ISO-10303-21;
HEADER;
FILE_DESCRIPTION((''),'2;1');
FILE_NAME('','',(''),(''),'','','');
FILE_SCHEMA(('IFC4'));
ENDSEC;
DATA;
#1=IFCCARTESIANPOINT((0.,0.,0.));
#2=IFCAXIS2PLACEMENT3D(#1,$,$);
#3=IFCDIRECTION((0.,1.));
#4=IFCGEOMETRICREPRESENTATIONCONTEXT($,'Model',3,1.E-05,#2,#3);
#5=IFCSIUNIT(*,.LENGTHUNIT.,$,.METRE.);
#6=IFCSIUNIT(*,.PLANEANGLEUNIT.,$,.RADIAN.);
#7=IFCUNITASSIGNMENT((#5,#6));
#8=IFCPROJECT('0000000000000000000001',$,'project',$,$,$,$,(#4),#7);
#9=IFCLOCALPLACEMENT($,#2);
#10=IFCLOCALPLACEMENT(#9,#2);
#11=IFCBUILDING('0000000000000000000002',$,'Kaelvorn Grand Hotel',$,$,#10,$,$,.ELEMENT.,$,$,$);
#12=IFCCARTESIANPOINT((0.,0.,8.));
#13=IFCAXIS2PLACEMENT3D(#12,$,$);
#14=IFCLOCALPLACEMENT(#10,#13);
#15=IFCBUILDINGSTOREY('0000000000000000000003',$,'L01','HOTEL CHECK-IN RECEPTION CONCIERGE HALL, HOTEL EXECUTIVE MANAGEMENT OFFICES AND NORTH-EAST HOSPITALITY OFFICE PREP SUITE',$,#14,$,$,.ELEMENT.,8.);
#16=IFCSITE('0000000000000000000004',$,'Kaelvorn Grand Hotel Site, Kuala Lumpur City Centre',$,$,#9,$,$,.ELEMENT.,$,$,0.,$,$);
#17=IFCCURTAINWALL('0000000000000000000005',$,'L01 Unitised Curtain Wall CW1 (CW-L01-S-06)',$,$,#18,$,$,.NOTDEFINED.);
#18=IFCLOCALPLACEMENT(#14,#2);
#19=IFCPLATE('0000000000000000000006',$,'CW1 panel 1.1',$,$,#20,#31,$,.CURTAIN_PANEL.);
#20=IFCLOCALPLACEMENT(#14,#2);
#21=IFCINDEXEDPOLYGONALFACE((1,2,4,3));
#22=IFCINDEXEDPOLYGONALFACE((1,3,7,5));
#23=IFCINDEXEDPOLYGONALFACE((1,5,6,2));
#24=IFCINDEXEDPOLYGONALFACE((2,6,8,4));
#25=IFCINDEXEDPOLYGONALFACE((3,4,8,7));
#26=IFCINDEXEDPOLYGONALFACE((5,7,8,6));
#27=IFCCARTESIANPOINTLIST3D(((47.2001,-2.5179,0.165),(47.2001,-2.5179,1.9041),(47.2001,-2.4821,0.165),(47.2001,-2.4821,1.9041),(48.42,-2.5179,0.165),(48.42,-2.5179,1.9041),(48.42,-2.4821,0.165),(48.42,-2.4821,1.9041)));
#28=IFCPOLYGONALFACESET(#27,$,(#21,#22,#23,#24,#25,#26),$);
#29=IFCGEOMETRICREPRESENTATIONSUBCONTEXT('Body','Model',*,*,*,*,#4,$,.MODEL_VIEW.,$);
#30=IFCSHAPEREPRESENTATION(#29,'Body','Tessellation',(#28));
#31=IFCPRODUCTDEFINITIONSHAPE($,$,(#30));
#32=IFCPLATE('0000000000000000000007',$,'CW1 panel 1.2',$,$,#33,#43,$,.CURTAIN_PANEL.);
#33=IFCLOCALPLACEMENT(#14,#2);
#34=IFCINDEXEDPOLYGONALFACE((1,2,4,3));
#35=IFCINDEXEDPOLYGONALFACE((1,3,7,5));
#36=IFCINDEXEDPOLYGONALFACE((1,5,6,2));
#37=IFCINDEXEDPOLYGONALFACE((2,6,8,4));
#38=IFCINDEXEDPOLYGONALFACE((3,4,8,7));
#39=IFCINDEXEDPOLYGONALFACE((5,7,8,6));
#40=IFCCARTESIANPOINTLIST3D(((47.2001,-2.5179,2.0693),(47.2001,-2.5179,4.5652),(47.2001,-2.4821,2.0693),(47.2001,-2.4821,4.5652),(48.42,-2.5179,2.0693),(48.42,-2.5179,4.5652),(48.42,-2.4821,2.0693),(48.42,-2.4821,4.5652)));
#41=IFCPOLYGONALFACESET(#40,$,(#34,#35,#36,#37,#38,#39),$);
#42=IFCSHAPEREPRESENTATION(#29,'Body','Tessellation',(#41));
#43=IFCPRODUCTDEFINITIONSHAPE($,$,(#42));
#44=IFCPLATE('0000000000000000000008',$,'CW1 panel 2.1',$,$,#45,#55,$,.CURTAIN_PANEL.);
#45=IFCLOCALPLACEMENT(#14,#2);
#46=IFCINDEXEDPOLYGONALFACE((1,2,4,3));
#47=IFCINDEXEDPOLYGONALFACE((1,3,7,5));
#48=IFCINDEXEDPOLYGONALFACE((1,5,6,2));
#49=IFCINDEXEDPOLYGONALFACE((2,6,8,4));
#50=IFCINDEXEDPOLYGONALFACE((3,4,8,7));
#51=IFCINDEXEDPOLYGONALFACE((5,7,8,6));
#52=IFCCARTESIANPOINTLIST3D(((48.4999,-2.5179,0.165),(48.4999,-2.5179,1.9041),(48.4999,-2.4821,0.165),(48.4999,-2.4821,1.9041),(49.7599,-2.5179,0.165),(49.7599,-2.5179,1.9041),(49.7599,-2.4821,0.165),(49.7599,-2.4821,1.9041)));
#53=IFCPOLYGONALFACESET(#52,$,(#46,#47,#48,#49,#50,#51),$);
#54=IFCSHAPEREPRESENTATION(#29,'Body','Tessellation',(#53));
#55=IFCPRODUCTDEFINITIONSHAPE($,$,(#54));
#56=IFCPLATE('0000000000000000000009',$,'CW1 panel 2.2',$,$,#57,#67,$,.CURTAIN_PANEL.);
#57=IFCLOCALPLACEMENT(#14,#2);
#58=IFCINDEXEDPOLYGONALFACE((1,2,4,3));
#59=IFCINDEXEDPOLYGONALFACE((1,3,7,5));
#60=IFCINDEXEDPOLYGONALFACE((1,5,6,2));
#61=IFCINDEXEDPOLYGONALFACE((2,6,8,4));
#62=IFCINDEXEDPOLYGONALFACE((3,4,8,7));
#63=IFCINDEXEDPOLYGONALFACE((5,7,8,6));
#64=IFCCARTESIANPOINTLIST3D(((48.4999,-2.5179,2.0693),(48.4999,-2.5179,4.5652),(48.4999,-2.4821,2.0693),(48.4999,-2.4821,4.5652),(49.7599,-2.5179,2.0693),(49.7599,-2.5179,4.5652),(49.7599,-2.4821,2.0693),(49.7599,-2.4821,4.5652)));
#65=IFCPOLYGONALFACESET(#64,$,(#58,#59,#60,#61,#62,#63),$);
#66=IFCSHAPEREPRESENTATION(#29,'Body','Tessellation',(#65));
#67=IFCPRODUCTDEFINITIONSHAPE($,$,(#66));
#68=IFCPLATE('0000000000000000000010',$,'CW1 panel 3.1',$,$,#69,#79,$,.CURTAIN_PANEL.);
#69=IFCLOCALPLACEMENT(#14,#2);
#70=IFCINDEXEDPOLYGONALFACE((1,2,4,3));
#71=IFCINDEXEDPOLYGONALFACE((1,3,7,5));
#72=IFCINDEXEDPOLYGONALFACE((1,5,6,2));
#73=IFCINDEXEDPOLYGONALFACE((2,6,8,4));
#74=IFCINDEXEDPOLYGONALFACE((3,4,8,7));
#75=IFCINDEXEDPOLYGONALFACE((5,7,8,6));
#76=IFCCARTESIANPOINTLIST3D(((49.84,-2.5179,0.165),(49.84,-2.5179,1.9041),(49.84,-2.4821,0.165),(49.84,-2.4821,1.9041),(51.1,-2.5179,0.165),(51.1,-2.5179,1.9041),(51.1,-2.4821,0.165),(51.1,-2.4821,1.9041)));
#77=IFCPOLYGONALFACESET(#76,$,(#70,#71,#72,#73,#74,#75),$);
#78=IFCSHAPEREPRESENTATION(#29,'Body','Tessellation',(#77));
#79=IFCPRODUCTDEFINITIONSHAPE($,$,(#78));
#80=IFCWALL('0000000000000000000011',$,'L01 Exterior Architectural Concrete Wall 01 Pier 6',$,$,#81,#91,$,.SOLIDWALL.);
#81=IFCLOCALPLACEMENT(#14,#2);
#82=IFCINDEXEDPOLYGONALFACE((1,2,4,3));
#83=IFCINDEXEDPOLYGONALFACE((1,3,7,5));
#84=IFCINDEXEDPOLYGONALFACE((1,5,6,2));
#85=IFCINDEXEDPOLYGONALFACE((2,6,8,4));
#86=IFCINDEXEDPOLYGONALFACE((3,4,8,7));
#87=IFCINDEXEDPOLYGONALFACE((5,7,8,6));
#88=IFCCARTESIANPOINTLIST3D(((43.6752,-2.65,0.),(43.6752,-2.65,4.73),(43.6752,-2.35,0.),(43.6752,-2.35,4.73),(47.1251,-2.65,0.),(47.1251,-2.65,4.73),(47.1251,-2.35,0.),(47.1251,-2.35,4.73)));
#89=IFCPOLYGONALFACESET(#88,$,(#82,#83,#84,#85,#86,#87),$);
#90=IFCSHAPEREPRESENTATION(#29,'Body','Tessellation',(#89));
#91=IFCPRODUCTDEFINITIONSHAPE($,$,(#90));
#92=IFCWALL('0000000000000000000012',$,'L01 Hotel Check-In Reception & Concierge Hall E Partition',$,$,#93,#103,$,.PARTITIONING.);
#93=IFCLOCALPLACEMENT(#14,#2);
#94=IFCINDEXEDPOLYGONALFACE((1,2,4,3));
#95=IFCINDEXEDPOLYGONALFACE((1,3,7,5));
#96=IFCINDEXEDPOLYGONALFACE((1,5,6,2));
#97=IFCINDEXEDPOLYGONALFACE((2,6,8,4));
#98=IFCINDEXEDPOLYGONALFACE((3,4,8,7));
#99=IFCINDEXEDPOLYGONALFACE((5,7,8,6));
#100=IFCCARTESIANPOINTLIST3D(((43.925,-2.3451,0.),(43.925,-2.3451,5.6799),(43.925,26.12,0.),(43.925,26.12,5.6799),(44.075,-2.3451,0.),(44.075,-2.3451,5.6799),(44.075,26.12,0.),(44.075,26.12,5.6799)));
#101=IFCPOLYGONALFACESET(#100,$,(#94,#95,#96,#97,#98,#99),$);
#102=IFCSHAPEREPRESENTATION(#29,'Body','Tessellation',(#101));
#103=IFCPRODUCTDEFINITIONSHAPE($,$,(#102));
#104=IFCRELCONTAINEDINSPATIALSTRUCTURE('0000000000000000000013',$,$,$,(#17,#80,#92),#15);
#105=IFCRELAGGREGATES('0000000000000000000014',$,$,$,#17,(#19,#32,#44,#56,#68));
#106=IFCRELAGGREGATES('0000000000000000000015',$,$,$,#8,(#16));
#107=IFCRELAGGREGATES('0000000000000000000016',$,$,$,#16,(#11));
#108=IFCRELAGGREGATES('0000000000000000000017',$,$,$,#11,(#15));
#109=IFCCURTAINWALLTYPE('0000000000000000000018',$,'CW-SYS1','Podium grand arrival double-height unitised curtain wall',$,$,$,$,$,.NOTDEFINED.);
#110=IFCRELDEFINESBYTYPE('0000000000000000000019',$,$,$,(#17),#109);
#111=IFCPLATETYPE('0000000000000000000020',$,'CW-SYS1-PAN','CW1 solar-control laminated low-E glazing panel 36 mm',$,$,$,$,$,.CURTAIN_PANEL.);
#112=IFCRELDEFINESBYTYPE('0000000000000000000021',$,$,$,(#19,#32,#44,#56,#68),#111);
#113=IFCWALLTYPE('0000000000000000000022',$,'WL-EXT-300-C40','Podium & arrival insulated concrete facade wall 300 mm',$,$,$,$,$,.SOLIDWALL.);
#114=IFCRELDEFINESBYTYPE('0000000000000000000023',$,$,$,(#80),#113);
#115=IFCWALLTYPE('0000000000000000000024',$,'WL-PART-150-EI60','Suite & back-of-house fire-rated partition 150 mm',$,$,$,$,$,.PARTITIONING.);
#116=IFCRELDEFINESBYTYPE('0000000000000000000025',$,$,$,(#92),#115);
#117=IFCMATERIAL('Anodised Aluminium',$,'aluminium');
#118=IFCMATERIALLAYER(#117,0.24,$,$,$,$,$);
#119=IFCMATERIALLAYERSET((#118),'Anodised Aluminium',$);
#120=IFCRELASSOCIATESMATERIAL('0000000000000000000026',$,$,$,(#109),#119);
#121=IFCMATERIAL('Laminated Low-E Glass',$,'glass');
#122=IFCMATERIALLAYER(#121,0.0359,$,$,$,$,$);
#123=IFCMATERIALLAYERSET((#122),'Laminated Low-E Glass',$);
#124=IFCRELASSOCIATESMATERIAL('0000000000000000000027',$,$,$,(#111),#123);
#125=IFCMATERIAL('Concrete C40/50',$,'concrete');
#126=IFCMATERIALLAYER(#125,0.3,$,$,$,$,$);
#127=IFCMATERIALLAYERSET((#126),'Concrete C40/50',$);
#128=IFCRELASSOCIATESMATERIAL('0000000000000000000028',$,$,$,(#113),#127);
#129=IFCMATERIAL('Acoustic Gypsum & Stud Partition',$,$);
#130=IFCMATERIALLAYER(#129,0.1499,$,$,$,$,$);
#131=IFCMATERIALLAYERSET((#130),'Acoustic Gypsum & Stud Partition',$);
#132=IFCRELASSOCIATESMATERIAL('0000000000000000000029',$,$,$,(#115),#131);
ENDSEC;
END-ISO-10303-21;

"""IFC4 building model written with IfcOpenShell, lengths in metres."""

from ifc_helpers import new_model, si_unit, direction, frame, frame_2d, origin, origin_2d, place, context, subcontext, project, spatial, rectangle, extrude, material, layer, layer_set, type_object, element, aggregate, save


model = new_model("IFC4")

# Units and contexts
model_context = context("Model", 3, precision=1e-05, world=origin(), true_north=direction((0.0, 1.0)))
body_context = subcontext(model_context, "Body", "Model", "MODEL_VIEW")
ifc_project = project(units=[si_unit("LENGTHUNIT", "METRE"), si_unit("PLANEANGLEUNIT", "RADIAN")], contexts=[model_context])

# Site, building, storey
site_placement = place(None, origin())
site = spatial("IfcSite", under=ifc_project, at=site_placement, Name="Kaelvorn Grand Hotel Site, Kuala Lumpur City Centre", CompositionType="ELEMENT", RefElevation=0.0)
building_placement = place(site_placement, origin())
building = spatial("IfcBuilding", under=site, at=building_placement, Name="Kaelvorn Grand Hotel", CompositionType="ELEMENT")
storey_placement = place(building_placement, frame((0.0, 0.0, 8.0)))
storey = spatial("IfcBuildingStorey", under=building, at=storey_placement, Name="L01", Description="HOTEL CHECK-IN RECEPTION CONCIERGE HALL, HOTEL EXECUTIVE MANAGEMENT OFFICES AND NORTH-EAST HOSPITALITY OFFICE PREP SUITE", CompositionType="ELEMENT", Elevation=8.0)

# Curtain wall
ifc_material_1 = material(Name="Anodised Aluminium", Category="aluminium")
ifc_layer_1 = layer(ifc_material_1, 0.24)
ifc_layer_set_1 = layer_set([ifc_layer_1], Name="Anodised Aluminium")
curtain_wall_type = type_object("IfcCurtainWallType", Name="CW-SYS1", Description="Podium grand arrival double-height unitised curtain wall", PredefinedType="NOTDEFINED", material=ifc_layer_set_1)
curtain_wall_1_placement = place(storey_placement, origin())
curtain_wall_1 = element("IfcCurtainWall", 1, at=curtain_wall_1_placement, inside=storey, type_object=curtain_wall_type, Name="L01 Unitised Curtain Wall CW1 (CW-L01-S-06)", PredefinedType="NOTDEFINED")

# Plates
ifc_material_2 = material(Name="Laminated Low-E Glass", Category="glass")
ifc_layer_2 = layer(ifc_material_2, 0.0359)
ifc_layer_set_2 = layer_set([ifc_layer_2], Name="Laminated Low-E Glass")
plate_type = type_object("IfcPlateType", Name="CW-SYS1-PAN", Description="CW1 solar-control laminated low-E glazing panel 36 mm", PredefinedType="CURTAIN_PANEL", material=ifc_layer_set_2)
plate_1_placement = place(storey_placement, frame((47.8101, -2.5, 0.165), z_axis=(0.0, 0.0, 1.0), x_axis=(1.0, 0.0, 0.0)))
plate_1 = element("IfcPlate", 2, at=plate_1_placement, type_object=plate_type, Name="CW1 panel 1.1", PredefinedType="CURTAIN_PANEL", context=body_context, shape_type="SweptSolid", body=[
    extrude(rectangle(XDim=1.22, YDim=0.0359, at=origin_2d()), origin(), (0.0, 0.0, 1.0), 1.739),
])
plate_2_placement = place(storey_placement, frame((47.8101, -2.5, 2.0693), z_axis=(0.0, 0.0, 1.0), x_axis=(1.0, 0.0, 0.0)))
plate_2 = element("IfcPlate", 3, at=plate_2_placement, type_object=plate_type, Name="CW1 panel 1.2", PredefinedType="CURTAIN_PANEL", context=body_context, shape_type="SweptSolid", body=[
    extrude(rectangle(XDim=1.22, YDim=0.0359, at=origin_2d()), origin(), (0.0, 0.0, 1.0), 2.4958),
])
plate_3_placement = place(storey_placement, frame((49.1299, -2.5, 0.165), z_axis=(0.0, 0.0, 1.0), x_axis=(1.0, 0.0, 0.0)))
plate_3 = element("IfcPlate", 4, at=plate_3_placement, type_object=plate_type, Name="CW1 panel 2.1", PredefinedType="CURTAIN_PANEL", context=body_context, shape_type="SweptSolid", body=[
    extrude(rectangle(XDim=1.26, YDim=0.0359, at=origin_2d()), origin(), (0.0, 0.0, 1.0), 1.739),
])
plate_4_placement = place(storey_placement, frame((49.1299, -2.5, 2.0693), z_axis=(0.0, 0.0, 1.0), x_axis=(1.0, 0.0, 0.0)))
plate_4 = element("IfcPlate", 5, at=plate_4_placement, type_object=plate_type, Name="CW1 panel 2.2", PredefinedType="CURTAIN_PANEL", context=body_context, shape_type="SweptSolid", body=[
    extrude(rectangle(XDim=1.26, YDim=0.0359, at=origin_2d()), origin(), (0.0, 0.0, 1.0), 2.4958),
])
plate_5_placement = place(storey_placement, frame((50.47, -2.5, 0.165), z_axis=(0.0, 0.0, 1.0), x_axis=(1.0, 0.0, 0.0)))
plate_5 = element("IfcPlate", 6, at=plate_5_placement, type_object=plate_type, Name="CW1 panel 3.1", PredefinedType="CURTAIN_PANEL", context=body_context, shape_type="SweptSolid", body=[
    extrude(rectangle(XDim=1.26, YDim=0.0359, at=origin_2d()), origin(), (0.0, 0.0, 1.0), 1.739),
])
aggregate(curtain_wall_1, [plate_1, plate_2, plate_3, plate_4, plate_5])

# Walls
ifc_material_3 = material(Name="Concrete C40/50", Category="concrete")
ifc_layer_3 = layer(ifc_material_3, 0.3)
ifc_layer_set_3 = layer_set([ifc_layer_3], Name="Concrete C40/50")
wall_type_1 = type_object("IfcWallType", Name="WL-EXT-300-C40", Description="Podium & arrival insulated concrete facade wall 300 mm", PredefinedType="SOLIDWALL", material=ifc_layer_set_3)
wall_1_placement = place(storey_placement, frame((43.675, -2.5, 0.0), z_axis=(0.0, 0.0, 1.0), x_axis=(1.0, 0.0, 0.0)))
element("IfcWall", 7, at=wall_1_placement, inside=storey, type_object=wall_type_1, Name="L01 Exterior Architectural Concrete Wall 01 Pier 6", PredefinedType="SOLIDWALL", context=body_context, shape_type="SweptSolid", body=[
    extrude(rectangle(XDim=3.45, YDim=0.3, at=frame_2d((1.7251, 0.0))), origin(), (0.0, 0.0, 1.0), 4.73),
])
ifc_material_4 = material(Name="Acoustic Gypsum & Stud Partition")
ifc_layer_4 = layer(ifc_material_4, 0.1499)
ifc_layer_set_4 = layer_set([ifc_layer_4], Name="Acoustic Gypsum & Stud Partition")
wall_type_2 = type_object("IfcWallType", Name="WL-PART-150-EI60", Description="Suite & back-of-house fire-rated partition 150 mm", PredefinedType="PARTITIONING", material=ifc_layer_set_4)
wall_2_placement = place(storey_placement, frame((44.0, -2.345, 0.0), z_axis=(0.0, 0.0, 1.0), x_axis=(0.0, 1.0, 0.0)))
element("IfcWall", 8, at=wall_2_placement, inside=storey, type_object=wall_type_2, Name="L01 Hotel Check-In Reception & Concierge Hall E Partition", PredefinedType="PARTITIONING", context=body_context, shape_type="SweptSolid", body=[
    extrude(rectangle(XDim=28.4651, YDim=0.1499, at=frame_2d((14.2324, 0.0))), origin(), (0.0, 0.0, 1.0), 5.6799),
])

save(model, "model.ifc")
